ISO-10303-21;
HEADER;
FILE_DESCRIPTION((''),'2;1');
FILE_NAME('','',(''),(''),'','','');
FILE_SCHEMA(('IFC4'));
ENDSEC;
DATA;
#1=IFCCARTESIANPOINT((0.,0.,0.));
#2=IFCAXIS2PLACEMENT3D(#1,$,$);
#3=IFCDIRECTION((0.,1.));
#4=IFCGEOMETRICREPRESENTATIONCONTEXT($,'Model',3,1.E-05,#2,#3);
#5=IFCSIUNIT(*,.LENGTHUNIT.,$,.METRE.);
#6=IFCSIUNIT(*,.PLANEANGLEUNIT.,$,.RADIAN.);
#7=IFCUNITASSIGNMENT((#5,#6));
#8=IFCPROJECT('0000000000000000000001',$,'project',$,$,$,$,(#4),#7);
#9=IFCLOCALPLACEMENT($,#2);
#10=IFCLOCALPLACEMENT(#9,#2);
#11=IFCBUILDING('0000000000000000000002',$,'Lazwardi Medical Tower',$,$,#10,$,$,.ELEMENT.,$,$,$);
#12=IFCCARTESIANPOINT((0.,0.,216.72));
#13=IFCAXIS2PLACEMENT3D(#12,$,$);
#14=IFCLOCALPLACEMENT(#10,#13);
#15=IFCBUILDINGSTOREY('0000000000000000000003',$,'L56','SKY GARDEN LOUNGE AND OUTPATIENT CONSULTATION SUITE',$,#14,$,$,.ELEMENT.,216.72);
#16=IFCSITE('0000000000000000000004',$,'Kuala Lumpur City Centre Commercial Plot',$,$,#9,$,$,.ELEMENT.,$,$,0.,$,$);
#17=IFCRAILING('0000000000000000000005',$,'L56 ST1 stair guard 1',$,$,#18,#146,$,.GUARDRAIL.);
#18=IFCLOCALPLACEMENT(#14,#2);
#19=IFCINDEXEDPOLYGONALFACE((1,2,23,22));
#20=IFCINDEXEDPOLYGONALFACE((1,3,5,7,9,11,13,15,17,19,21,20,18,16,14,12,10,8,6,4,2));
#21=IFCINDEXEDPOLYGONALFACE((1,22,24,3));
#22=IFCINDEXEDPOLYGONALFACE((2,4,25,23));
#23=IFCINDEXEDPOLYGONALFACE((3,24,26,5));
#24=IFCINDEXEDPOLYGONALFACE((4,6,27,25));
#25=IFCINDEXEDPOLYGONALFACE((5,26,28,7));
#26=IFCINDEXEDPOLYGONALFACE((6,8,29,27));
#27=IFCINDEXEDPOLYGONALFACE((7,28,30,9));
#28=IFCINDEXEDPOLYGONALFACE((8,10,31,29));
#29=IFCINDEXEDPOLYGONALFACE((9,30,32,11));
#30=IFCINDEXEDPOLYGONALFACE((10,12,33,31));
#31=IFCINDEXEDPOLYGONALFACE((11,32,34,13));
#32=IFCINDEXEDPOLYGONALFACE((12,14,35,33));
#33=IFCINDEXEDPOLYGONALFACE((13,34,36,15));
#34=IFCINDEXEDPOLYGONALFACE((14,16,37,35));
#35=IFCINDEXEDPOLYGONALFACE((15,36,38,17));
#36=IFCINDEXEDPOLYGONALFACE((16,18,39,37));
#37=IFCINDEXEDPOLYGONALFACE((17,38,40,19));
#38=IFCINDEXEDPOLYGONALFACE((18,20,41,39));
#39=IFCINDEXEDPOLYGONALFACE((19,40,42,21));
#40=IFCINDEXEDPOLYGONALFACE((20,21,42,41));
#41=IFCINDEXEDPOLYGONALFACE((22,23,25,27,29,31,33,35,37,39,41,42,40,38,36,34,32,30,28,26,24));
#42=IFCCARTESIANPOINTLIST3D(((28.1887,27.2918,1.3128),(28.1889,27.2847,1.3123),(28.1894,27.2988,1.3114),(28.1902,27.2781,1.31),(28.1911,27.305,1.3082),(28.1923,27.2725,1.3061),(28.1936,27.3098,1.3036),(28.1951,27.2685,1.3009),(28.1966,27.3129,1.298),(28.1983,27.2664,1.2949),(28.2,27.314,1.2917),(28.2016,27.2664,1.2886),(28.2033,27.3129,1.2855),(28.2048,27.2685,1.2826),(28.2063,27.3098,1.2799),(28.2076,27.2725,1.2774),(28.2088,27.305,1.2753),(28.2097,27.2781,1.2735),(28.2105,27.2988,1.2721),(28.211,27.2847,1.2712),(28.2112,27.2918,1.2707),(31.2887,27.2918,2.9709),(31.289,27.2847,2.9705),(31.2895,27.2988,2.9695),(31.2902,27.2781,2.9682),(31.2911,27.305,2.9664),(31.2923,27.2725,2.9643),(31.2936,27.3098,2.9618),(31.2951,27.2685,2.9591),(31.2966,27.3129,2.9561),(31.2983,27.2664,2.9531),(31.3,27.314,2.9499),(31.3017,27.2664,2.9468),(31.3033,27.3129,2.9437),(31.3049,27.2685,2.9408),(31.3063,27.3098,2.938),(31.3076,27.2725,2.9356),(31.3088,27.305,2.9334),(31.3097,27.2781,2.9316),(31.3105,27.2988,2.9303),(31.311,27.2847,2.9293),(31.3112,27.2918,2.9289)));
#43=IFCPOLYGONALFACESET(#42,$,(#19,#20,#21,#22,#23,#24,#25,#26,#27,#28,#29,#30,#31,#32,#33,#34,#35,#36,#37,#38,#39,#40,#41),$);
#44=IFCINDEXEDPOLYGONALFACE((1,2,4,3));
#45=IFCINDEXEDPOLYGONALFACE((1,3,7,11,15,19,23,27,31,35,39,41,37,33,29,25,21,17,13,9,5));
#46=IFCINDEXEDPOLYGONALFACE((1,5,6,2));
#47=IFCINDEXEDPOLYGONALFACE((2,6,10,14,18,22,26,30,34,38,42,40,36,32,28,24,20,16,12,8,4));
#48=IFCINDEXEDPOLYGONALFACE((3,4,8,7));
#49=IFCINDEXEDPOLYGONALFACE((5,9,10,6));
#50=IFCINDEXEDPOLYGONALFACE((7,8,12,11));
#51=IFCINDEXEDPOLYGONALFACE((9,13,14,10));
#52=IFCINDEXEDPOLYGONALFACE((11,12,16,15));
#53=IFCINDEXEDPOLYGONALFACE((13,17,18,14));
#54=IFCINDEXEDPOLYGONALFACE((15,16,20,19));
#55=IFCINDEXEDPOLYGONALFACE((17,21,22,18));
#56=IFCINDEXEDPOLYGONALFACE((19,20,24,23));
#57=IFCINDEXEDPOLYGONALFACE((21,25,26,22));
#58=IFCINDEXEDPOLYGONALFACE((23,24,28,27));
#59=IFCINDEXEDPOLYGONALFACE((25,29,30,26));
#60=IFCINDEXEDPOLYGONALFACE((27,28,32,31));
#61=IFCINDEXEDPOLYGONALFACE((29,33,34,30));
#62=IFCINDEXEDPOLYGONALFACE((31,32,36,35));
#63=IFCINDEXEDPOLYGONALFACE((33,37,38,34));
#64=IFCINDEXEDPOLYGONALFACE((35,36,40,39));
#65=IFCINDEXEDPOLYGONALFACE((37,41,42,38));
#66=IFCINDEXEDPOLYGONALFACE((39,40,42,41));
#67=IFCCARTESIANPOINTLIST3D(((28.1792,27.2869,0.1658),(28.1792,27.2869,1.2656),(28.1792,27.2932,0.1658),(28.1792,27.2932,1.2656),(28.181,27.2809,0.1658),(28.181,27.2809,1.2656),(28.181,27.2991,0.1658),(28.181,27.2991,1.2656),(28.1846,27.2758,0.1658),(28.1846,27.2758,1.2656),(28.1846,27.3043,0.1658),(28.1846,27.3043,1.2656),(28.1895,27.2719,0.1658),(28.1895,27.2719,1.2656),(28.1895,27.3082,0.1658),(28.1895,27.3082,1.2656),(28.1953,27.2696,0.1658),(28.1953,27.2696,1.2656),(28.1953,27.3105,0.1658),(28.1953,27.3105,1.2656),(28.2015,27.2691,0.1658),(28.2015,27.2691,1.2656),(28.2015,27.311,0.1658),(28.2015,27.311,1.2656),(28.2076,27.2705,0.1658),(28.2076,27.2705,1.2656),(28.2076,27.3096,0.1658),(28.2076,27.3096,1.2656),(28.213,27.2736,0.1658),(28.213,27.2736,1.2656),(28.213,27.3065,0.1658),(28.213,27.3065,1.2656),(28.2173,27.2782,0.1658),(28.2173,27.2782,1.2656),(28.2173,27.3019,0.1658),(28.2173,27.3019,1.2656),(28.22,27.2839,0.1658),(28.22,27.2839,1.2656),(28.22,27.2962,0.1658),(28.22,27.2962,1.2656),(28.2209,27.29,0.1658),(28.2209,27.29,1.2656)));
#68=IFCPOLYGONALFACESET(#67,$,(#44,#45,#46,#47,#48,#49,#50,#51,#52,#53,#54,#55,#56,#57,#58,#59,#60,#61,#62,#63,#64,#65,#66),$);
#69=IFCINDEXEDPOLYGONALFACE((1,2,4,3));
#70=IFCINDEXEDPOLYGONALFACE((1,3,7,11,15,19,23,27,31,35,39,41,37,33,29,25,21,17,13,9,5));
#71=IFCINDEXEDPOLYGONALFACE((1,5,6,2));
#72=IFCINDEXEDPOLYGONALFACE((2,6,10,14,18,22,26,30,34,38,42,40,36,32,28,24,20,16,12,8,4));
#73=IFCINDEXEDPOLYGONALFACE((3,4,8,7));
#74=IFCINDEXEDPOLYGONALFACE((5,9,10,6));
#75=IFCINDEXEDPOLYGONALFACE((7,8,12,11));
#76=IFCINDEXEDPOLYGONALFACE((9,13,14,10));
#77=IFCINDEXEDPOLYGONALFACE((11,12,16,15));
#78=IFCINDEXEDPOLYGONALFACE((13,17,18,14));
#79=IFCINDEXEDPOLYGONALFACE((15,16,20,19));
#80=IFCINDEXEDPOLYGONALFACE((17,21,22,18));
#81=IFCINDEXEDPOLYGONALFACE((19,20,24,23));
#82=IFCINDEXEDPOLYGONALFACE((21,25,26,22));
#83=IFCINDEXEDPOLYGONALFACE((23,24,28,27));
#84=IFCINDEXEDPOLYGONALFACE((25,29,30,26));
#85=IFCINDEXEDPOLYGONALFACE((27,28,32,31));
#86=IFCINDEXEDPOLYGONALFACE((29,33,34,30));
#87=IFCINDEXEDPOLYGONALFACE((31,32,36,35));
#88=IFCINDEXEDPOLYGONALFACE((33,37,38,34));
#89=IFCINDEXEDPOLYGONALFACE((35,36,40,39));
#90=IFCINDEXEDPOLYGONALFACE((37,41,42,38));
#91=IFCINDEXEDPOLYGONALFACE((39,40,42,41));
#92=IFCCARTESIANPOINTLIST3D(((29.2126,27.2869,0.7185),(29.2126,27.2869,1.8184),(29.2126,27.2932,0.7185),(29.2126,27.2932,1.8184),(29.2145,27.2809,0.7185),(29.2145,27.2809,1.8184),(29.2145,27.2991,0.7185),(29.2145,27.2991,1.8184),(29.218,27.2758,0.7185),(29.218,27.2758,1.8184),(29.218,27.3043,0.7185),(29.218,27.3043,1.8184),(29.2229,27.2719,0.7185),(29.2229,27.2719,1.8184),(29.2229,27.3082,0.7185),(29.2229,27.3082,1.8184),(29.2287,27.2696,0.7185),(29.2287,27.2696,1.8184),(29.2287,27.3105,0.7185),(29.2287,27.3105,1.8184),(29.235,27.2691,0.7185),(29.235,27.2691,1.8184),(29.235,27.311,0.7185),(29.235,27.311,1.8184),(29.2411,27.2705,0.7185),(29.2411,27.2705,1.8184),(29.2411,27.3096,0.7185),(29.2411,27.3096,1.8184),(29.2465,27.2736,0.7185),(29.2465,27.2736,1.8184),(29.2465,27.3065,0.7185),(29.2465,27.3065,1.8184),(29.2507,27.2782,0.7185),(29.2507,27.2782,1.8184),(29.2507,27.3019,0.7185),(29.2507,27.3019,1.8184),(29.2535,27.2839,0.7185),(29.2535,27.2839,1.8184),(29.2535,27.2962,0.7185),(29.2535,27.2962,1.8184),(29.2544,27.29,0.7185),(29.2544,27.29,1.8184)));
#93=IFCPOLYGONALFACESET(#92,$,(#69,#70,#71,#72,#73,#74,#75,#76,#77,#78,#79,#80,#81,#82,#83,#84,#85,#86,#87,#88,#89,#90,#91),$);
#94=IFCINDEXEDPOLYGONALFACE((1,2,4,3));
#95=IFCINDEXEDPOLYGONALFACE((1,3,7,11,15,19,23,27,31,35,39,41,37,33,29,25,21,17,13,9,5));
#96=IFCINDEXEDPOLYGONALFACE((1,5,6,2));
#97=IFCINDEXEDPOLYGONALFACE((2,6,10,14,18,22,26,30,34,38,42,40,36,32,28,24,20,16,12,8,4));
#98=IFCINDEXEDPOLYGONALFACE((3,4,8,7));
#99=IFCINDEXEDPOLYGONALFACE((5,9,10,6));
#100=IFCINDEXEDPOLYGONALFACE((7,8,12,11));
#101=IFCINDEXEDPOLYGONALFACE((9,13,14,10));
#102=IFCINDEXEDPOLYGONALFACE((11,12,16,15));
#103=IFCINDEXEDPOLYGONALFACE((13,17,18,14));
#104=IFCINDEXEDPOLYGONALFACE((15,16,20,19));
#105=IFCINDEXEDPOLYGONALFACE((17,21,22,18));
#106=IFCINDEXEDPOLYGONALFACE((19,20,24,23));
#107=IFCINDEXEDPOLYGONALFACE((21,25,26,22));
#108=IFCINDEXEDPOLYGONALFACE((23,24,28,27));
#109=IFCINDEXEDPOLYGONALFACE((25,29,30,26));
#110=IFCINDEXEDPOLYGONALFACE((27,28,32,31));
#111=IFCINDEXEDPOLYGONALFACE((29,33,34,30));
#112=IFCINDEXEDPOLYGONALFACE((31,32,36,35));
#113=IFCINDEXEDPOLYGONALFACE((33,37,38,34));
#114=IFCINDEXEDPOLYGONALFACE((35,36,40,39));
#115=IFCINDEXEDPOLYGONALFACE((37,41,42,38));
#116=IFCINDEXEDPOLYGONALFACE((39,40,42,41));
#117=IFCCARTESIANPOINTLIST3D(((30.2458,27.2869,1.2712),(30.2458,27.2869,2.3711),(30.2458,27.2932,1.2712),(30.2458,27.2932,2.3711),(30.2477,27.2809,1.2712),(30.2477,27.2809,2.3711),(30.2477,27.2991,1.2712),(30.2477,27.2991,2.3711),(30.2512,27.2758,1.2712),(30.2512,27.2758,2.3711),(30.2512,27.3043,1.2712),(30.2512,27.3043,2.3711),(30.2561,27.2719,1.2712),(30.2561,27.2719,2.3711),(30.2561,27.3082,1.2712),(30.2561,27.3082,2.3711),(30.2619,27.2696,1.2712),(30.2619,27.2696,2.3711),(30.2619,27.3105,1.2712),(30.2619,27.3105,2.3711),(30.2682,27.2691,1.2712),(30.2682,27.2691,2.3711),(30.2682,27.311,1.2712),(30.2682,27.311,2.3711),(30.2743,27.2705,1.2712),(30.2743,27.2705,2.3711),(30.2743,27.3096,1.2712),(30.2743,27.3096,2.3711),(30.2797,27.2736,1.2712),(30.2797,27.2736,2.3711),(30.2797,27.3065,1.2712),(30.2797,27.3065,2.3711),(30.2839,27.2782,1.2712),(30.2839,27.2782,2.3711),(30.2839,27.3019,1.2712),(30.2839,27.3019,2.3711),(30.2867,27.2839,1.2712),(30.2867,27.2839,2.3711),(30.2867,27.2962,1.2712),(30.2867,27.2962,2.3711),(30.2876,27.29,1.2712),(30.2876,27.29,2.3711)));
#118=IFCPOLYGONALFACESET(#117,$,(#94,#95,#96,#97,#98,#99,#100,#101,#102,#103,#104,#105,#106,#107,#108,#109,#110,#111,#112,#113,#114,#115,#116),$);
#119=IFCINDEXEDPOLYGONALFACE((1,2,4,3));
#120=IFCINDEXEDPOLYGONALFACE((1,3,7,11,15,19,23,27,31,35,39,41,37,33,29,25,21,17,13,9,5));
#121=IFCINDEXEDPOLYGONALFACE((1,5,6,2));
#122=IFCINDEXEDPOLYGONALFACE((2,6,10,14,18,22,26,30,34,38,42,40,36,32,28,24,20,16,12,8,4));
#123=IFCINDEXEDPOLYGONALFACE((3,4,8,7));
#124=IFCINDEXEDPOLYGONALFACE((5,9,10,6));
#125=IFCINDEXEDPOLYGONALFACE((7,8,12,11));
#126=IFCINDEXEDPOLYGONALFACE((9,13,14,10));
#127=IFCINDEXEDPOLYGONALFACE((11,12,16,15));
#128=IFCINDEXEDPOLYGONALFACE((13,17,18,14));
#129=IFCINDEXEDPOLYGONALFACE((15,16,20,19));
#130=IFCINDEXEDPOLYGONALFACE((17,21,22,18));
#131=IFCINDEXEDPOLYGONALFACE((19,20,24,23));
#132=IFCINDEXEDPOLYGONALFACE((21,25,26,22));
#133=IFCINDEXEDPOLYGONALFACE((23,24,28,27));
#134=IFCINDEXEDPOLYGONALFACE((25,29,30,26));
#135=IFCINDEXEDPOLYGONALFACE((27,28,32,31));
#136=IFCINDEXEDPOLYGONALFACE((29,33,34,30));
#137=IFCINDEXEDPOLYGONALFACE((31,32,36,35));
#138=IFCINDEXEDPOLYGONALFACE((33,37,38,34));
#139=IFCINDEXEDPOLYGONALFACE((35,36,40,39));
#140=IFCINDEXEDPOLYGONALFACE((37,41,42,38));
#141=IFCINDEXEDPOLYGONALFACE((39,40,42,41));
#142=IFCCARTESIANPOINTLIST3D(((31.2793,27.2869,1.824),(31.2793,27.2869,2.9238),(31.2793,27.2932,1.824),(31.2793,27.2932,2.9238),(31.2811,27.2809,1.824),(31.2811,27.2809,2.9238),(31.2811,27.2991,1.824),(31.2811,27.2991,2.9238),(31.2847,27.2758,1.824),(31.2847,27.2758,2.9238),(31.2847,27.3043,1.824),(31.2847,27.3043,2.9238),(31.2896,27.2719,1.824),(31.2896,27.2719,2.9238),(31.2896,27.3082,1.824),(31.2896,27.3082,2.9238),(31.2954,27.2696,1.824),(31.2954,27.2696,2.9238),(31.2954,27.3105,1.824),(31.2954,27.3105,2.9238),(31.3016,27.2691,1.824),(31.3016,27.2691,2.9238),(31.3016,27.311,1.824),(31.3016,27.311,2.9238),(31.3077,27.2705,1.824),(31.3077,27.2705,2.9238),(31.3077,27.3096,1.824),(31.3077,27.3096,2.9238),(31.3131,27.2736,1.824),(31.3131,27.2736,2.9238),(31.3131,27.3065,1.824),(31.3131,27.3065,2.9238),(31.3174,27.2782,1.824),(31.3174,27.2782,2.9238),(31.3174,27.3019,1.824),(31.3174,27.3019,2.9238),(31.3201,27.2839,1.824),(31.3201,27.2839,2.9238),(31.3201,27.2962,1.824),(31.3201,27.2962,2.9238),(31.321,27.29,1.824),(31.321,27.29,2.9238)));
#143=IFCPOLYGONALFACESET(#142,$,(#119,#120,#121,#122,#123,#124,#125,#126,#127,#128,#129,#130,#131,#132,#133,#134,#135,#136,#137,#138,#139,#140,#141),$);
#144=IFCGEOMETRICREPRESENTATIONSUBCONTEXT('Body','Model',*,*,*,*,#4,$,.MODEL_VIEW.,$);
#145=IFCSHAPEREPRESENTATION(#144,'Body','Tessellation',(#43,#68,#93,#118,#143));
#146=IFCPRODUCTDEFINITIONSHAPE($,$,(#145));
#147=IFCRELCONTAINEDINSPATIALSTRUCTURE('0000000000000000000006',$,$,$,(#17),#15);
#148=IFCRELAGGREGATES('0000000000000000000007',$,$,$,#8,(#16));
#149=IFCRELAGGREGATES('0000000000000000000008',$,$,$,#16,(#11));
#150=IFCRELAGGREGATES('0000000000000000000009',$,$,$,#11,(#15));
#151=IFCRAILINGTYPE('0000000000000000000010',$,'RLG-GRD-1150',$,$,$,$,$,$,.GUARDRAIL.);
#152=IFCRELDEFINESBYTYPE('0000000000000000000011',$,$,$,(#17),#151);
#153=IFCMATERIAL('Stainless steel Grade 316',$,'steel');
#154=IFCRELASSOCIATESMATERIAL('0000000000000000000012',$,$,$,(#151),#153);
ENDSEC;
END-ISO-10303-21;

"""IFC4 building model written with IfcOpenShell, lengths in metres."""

from ifc_helpers import new_model, si_unit, direction, frame, origin, origin_2d, place, context, subcontext, project, spatial, circle, extrude, material, type_object, element, save


model = new_model("IFC4")

# Units and contexts
model_context = context("Model", 3, precision=1e-05, world=origin(), true_north=direction((0.0, 1.0)))
body_context = subcontext(model_context, "Body", "Model", "MODEL_VIEW")
ifc_project = project(units=[si_unit("LENGTHUNIT", "METRE"), si_unit("PLANEANGLEUNIT", "RADIAN")], contexts=[model_context])

# Site, building, storey
site_placement = place(None, origin())
site = spatial("IfcSite", under=ifc_project, at=site_placement, Name="Kuala Lumpur City Centre Commercial Plot", CompositionType="ELEMENT", RefElevation=0.0)
building_placement = place(site_placement, origin())
building = spatial("IfcBuilding", under=site, at=building_placement, Name="Lazwardi Medical Tower", CompositionType="ELEMENT")
storey_placement = place(building_placement, frame((0.0, 0.0, 216.72)))
storey = spatial("IfcBuildingStorey", under=building, at=storey_placement, Name="L56", Description="SKY GARDEN LOUNGE AND OUTPATIENT CONSULTATION SUITE", CompositionType="ELEMENT", Elevation=216.72)

# Railing
ifc_material_1 = material(Name="Stainless steel Grade 316", Category="steel")
railing_type_1 = type_object("IfcRailingType", Name="RLG-GRD-1150", PredefinedType="GUARDRAIL", material=ifc_material_1)
railing_1_placement = place(storey_placement, frame((28.2, 27.29, 0.1658)))
element("IfcRailing", 1, at=railing_1_placement, inside=storey, type_object=railing_type_1, Name="L56 ST1 stair guard 1", PredefinedType="GUARDRAIL", context=body_context, shape_type="SweptSolid", body=[
    extrude(circle(Radius=0.0239, at=origin_2d()), frame((0.0, 0.0, 1.126), z_axis=(0.881783, 0.0, 0.471655), x_axis=(0.0, 1.0, 0.0)), (0.0, 0.0, 1.0), 3.5156),
    extrude(circle(Radius=0.021, at=origin_2d()), origin(), (0.0, 0.0, 1.0), 1.0999),
    extrude(circle(Radius=0.021, at=origin_2d()), frame((1.0334, 0.0, 0.5527)), (0.0, 0.0, 1.0), 1.0999),
    extrude(circle(Radius=0.021, at=origin_2d()), frame((2.0667, 0.0, 1.1055)), (0.0, 0.0, 1.0), 1.0999),
    extrude(circle(Radius=0.021, at=origin_2d()), frame((3.1001, 0.0, 1.6582)), (0.0, 0.0, 1.0), 1.0999),
])

save(model, "model.ifc")
